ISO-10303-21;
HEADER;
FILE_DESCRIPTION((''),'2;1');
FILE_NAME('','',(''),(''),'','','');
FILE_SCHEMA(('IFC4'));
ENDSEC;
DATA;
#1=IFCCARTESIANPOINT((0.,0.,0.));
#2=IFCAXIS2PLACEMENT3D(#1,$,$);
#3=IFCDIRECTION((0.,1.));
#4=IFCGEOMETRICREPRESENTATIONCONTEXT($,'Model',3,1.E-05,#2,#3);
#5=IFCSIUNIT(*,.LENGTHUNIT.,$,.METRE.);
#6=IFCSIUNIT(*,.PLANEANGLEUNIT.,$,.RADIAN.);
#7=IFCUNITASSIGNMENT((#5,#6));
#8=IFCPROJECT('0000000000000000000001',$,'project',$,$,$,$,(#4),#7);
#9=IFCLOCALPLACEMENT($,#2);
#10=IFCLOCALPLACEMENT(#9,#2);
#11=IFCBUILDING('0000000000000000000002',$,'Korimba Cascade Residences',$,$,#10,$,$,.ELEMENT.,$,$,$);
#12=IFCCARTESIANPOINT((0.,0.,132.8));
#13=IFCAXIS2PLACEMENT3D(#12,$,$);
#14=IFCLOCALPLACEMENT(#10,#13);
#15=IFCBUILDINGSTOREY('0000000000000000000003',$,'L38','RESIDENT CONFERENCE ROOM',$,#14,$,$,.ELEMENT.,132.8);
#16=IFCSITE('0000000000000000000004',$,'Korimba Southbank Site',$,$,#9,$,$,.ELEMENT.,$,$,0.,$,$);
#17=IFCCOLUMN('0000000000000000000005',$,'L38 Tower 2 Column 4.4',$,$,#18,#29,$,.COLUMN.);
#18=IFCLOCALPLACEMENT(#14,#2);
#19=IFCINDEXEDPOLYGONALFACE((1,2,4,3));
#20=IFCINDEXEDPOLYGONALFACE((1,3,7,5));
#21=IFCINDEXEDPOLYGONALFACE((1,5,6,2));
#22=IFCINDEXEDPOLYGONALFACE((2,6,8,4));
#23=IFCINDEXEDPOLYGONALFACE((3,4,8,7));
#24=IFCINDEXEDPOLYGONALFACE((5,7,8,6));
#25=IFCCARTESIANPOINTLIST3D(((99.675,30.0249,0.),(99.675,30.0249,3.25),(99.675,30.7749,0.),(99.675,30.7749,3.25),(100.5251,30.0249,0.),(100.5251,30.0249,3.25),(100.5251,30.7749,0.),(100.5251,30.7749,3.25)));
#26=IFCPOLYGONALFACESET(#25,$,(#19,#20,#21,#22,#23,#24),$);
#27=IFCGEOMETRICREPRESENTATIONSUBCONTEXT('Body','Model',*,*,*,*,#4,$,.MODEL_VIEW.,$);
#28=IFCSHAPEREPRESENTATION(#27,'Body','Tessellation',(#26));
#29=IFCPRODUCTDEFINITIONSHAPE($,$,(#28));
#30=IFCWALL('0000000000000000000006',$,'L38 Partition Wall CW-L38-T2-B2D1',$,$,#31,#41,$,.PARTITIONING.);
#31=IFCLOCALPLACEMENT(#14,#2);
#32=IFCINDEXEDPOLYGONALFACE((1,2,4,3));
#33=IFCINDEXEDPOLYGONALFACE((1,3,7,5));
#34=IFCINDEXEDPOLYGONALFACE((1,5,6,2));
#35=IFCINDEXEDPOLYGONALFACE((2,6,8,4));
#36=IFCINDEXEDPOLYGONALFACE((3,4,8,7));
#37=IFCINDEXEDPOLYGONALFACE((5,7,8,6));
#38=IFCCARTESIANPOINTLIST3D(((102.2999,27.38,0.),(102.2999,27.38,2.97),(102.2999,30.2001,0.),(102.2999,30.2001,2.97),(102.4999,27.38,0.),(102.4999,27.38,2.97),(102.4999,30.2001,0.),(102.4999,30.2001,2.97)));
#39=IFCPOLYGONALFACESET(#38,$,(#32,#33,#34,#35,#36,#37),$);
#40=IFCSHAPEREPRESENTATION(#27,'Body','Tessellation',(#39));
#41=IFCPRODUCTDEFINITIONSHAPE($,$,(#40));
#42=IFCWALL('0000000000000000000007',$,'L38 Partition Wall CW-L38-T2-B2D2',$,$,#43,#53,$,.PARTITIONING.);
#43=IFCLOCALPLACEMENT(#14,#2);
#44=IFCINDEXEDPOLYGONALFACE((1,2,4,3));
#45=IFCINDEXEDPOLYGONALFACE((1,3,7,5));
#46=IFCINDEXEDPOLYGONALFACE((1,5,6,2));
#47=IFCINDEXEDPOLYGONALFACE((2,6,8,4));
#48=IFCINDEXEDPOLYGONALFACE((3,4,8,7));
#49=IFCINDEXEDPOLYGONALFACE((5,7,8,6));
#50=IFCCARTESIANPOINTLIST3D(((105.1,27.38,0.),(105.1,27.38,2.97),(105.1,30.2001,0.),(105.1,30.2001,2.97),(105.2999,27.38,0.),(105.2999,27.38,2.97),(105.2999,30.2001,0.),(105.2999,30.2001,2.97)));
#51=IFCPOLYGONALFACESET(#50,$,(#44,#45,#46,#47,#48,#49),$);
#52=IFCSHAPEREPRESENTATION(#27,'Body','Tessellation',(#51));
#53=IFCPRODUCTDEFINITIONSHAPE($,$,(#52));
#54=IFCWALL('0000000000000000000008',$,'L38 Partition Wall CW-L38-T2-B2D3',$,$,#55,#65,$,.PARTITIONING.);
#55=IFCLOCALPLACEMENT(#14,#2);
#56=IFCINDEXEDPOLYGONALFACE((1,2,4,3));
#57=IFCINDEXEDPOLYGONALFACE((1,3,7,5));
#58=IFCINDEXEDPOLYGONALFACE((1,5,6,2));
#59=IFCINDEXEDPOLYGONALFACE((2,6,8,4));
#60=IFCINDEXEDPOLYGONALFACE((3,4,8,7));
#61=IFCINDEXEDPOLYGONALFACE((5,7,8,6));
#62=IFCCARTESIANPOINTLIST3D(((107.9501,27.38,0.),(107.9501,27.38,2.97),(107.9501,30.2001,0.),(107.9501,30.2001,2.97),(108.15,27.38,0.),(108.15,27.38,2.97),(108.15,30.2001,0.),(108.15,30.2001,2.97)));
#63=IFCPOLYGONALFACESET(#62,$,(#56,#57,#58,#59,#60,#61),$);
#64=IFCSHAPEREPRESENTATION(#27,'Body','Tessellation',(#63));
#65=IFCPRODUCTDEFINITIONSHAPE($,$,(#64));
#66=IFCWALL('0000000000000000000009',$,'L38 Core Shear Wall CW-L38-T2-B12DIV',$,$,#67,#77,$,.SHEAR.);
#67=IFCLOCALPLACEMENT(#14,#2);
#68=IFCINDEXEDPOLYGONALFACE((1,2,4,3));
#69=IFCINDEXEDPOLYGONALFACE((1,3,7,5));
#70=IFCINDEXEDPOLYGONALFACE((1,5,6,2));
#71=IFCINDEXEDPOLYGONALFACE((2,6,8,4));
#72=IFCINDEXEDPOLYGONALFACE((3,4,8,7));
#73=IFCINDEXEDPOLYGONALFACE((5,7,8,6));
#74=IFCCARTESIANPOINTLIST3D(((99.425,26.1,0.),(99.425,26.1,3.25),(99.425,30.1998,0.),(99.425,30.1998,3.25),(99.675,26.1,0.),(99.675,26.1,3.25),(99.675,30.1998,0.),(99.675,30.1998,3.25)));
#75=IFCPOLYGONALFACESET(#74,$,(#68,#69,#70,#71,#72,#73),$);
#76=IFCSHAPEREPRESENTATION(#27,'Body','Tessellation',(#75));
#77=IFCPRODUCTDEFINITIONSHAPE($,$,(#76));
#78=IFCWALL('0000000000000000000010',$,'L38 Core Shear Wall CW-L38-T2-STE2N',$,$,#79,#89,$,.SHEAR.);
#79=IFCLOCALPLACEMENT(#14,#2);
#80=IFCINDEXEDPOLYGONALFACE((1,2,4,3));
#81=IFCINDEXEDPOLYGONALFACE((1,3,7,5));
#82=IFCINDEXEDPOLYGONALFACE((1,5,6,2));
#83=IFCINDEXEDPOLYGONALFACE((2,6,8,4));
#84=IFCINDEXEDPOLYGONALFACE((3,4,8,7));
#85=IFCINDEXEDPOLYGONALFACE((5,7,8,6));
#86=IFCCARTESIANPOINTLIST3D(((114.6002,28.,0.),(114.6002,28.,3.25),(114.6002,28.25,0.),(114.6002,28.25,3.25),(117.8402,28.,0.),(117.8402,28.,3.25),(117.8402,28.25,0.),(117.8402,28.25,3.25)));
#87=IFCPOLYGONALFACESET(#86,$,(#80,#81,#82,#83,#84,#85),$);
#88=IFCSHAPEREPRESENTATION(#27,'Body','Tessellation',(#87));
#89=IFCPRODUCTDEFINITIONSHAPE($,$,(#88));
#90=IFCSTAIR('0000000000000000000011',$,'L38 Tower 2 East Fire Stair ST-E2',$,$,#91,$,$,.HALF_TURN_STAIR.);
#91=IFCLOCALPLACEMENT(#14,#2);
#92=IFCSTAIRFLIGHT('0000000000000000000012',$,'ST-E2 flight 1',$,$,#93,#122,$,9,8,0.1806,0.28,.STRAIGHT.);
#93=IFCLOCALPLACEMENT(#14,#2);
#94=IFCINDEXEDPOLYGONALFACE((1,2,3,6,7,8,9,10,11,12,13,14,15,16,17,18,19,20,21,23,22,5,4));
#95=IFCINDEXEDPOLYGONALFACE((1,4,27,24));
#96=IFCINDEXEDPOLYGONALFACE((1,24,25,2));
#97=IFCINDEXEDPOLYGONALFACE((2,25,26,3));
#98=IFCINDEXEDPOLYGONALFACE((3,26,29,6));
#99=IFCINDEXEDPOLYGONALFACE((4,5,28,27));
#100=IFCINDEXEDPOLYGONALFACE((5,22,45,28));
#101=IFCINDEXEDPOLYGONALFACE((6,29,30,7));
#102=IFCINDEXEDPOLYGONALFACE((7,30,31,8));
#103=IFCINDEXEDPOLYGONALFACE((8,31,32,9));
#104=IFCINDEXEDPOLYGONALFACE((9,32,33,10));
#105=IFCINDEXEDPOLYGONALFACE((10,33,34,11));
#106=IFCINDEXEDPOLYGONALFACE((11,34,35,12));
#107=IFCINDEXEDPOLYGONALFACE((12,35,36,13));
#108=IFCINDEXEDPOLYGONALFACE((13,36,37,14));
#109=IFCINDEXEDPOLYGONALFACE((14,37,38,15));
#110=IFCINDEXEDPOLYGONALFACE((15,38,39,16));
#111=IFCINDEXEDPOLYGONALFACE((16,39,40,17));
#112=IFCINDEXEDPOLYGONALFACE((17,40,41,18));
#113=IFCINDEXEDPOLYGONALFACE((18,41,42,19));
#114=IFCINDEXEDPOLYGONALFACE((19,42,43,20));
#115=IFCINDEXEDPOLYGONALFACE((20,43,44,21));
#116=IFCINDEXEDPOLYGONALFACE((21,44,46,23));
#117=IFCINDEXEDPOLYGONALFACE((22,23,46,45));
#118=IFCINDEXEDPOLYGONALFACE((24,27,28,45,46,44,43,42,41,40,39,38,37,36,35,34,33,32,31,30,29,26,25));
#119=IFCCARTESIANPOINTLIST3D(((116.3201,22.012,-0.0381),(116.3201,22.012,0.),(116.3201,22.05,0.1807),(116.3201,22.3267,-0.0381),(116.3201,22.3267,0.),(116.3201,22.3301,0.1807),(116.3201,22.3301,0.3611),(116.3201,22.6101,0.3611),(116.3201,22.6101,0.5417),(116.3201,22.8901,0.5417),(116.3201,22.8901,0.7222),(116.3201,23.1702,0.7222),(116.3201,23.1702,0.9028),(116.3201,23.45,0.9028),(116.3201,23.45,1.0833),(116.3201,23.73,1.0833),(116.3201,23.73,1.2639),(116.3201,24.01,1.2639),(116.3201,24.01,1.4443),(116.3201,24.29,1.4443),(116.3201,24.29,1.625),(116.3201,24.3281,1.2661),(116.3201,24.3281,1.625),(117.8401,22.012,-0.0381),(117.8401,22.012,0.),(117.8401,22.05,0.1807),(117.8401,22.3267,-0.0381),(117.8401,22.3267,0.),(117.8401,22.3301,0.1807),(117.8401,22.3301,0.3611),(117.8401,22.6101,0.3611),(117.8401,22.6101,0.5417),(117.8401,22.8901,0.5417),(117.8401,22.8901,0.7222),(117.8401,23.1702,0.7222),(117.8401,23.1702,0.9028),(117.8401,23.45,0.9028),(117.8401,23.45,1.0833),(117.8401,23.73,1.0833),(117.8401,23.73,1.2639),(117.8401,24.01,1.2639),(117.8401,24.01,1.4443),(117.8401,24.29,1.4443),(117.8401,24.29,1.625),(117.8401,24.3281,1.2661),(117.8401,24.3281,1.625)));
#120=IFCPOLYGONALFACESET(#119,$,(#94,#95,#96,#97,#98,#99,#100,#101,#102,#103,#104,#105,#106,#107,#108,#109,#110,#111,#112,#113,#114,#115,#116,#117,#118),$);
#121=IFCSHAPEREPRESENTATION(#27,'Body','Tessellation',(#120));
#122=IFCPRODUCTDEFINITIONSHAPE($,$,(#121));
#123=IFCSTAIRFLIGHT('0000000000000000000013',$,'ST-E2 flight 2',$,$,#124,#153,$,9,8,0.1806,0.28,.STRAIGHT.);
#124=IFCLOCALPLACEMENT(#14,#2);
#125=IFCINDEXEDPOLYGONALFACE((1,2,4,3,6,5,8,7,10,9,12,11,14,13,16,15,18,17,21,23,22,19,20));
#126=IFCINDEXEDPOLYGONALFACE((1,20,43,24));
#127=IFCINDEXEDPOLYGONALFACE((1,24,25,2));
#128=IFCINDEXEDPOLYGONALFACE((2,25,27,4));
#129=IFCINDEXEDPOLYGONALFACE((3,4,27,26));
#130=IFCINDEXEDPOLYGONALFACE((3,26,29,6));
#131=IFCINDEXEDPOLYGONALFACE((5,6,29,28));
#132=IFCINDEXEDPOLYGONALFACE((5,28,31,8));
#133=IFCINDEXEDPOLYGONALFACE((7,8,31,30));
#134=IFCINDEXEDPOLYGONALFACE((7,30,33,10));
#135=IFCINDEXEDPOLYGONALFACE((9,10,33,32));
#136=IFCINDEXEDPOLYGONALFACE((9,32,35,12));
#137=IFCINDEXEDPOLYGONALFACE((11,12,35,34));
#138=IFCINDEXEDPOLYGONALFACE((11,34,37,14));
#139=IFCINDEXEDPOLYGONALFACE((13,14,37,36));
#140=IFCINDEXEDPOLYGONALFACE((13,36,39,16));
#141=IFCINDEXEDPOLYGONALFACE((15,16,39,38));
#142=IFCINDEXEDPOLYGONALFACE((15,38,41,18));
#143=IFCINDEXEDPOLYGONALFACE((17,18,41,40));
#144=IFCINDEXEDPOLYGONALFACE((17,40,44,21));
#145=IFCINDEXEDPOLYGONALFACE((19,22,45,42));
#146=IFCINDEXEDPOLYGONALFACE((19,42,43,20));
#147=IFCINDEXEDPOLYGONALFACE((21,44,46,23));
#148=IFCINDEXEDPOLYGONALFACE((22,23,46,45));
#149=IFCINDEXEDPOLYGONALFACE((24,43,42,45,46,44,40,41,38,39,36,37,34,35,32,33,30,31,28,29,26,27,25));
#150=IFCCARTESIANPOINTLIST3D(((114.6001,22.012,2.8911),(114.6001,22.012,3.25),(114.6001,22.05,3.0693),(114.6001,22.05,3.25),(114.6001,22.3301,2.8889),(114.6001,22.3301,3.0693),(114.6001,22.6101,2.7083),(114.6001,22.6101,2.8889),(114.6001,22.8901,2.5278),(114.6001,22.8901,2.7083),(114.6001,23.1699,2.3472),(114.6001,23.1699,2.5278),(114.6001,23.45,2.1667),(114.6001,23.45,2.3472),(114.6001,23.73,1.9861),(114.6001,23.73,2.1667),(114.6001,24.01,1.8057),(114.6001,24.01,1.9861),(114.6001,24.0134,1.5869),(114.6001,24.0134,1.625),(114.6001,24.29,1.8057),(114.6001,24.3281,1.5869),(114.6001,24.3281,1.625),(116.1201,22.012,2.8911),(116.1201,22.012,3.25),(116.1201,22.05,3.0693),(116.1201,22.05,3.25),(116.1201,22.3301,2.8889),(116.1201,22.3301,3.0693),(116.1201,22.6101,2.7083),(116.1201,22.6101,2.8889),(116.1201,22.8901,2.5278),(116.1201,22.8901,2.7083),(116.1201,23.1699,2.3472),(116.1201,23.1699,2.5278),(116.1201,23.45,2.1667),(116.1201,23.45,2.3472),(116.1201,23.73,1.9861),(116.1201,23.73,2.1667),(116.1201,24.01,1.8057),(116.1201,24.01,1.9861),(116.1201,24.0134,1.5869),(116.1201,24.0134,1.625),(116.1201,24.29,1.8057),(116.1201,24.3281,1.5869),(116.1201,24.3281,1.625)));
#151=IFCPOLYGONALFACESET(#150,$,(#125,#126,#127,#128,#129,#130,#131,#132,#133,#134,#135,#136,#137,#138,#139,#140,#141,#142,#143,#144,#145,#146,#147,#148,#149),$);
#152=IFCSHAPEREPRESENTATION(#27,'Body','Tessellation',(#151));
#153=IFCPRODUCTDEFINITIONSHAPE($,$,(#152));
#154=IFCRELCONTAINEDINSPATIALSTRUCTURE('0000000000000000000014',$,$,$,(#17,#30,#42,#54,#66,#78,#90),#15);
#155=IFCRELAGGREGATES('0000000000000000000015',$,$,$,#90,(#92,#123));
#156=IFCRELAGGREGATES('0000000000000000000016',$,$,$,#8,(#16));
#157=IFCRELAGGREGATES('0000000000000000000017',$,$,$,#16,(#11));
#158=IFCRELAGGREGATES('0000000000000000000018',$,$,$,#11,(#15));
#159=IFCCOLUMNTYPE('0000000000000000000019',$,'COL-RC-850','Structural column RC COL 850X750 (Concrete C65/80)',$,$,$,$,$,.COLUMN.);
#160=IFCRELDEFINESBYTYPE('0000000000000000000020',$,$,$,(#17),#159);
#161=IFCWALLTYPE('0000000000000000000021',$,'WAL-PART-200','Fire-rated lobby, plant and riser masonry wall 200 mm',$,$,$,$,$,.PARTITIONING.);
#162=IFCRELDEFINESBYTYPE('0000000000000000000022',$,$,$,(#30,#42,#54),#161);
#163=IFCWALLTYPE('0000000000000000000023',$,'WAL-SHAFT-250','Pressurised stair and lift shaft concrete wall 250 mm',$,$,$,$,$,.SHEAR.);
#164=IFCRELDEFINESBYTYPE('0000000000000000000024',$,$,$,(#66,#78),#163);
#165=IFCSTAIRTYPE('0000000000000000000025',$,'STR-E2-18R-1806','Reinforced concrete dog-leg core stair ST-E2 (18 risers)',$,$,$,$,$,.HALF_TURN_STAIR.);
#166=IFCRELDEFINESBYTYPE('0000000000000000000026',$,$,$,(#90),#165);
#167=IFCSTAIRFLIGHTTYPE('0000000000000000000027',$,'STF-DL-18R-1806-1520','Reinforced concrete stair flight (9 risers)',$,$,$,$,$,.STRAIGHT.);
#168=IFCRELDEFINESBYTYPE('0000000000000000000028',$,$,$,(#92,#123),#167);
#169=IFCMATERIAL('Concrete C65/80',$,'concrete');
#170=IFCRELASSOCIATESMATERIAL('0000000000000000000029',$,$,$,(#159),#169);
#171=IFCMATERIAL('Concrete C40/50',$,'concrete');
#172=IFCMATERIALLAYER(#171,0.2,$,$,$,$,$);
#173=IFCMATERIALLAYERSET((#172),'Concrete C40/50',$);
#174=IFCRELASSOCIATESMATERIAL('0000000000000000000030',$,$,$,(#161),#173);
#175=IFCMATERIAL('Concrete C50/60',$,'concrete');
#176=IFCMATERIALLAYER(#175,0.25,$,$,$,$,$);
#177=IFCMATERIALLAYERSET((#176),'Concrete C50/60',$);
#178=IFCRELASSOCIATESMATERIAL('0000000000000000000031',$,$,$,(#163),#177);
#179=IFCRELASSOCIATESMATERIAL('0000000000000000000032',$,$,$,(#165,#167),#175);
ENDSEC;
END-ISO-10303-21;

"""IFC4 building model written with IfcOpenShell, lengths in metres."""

from ifc_helpers import new_model, si_unit, direction, frame, frame_2d, origin, origin_2d, place, context, subcontext, project, spatial, polyline, rectangle, outline, extrude, material, layer, layer_set, material_profile, profile_set, type_object, element, aggregate, save


model = new_model("IFC4")

# Units and contexts
model_context = context("Model", 3, precision=1e-05, world=origin(), true_north=direction((0.0, 1.0)))
body_context = subcontext(model_context, "Body", "Model", "MODEL_VIEW")
ifc_project = project(units=[si_unit("LENGTHUNIT", "METRE"), si_unit("PLANEANGLEUNIT", "RADIAN")], contexts=[model_context])

# Site, building, storey
site_placement = place(None, origin())
site = spatial("IfcSite", under=ifc_project, at=site_placement, Name="Korimba Southbank Site", CompositionType="ELEMENT", RefElevation=0.0)
building_placement = place(site_placement, origin())
building = spatial("IfcBuilding", under=site, at=building_placement, Name="Korimba Cascade Residences", CompositionType="ELEMENT")
storey_placement = place(building_placement, frame((0.0, 0.0, 132.8)))
storey = spatial("IfcBuildingStorey", under=building, at=storey_placement, Name="L38", Description="RESIDENT CONFERENCE ROOM", CompositionType="ELEMENT", Elevation=132.8)

# Column
ifc_material_1 = material(Name="Concrete C65/80", Category="concrete")
ifc_material_profile = material_profile(ifc_material_1, rectangle(XDim=0.8501, YDim=0.75, at=origin_2d()), Name="Concrete C65/80")
ifc_profile_set = profile_set([ifc_material_profile], Name="Concrete C65/80")
column_type = type_object("IfcColumnType", Name="COL-RC-850", Description="Structural column RC COL 850X750 (Concrete C65/80)", PredefinedType="COLUMN", material=ifc_profile_set)
column_placement = place(storey_placement, frame((100.1001, 30.3999, 0.0), z_axis=(0.0, 0.0, 1.0), x_axis=(1.0, 0.0, 0.0)))
element("IfcColumn", 1, at=column_placement, inside=storey, type_object=column_type, Name="L38 Tower 2 Column 4.4", PredefinedType="COLUMN", context=body_context, shape_type="SweptSolid", body=[
    extrude(rectangle(XDim=0.8501, YDim=0.75, at=origin_2d()), origin(), (0.0, 0.0, 1.0), 3.25),
])

# Walls
ifc_material_2 = material(Name="Concrete C40/50", Category="concrete")
ifc_layer_1 = layer(ifc_material_2, 0.2)
ifc_layer_set_1 = layer_set([ifc_layer_1], Name="Concrete C40/50")
wall_type_1 = type_object("IfcWallType", Name="WAL-PART-200", Description="Fire-rated lobby, plant and riser masonry wall 200 mm", PredefinedType="PARTITIONING", material=ifc_layer_set_1)
for number, where, z_axis, x_axis, name in (
    (2, (102.3999, 27.3799, 0.0), (0.0, 0.0, 1.0), (0.0, 1.0, 0.0), "L38 Partition Wall CW-L38-T2-B2D1"),
    (3, (105.2, 27.3799, 0.0), (0.0, 0.0, 1.0), (0.0, 1.0, 0.0), "L38 Partition Wall CW-L38-T2-B2D2"),
    (4, (108.05, 27.3799, 0.0), (0.0, 0.0, 1.0), (0.0, 1.0, 0.0), "L38 Partition Wall CW-L38-T2-B2D3"),
):
    element("IfcWall", number, at=place(storey_placement, frame(where, z_axis=z_axis, x_axis=x_axis)), inside=storey, type_object=wall_type_1, Name=name, PredefinedType="PARTITIONING", context=body_context, shape_type="SweptSolid", body=[
        extrude(rectangle(XDim=2.8201, YDim=0.2, at=frame_2d((1.4102, 0.0))), origin(), (0.0, 0.0, 1.0), 2.97),
    ])
ifc_material_3 = material(Name="Concrete C50/60", Category="concrete")
ifc_layer_2 = layer(ifc_material_3, 0.25)
ifc_layer_set_2 = layer_set([ifc_layer_2], Name="Concrete C50/60")
wall_type_2 = type_object("IfcWallType", Name="WAL-SHAFT-250", Description="Pressurised stair and lift shaft concrete wall 250 mm", PredefinedType="SHEAR", material=ifc_layer_set_2)
wall_1_placement = place(storey_placement, frame((99.55, 26.1001, 0.0), z_axis=(0.0, 0.0, 1.0), x_axis=(0.0, 1.0, 0.0)))
element("IfcWall", 5, at=wall_1_placement, inside=storey, type_object=wall_type_2, Name="L38 Core Shear Wall CW-L38-T2-B12DIV", PredefinedType="SHEAR", context=body_context, shape_type="SweptSolid", body=[
    extrude(rectangle(XDim=4.0999, YDim=0.25, at=frame_2d((2.0498, 0.0))), origin(), (0.0, 0.0, 1.0), 3.25),
])

# Wall
wall_2_placement = place(storey_placement, frame((114.6001, 28.125, 0.0), z_axis=(0.0, 0.0, 1.0), x_axis=(1.0, 0.0, 0.0)))
element("IfcWall", 6, at=wall_2_placement, inside=storey, type_object=wall_type_2, Name="L38 Core Shear Wall CW-L38-T2-STE2N", PredefinedType="SHEAR", context=body_context, shape_type="SweptSolid", body=[
    extrude(rectangle(XDim=3.24, YDim=0.25, at=frame_2d((1.6201, 0.0))), origin(), (0.0, 0.0, 1.0), 3.25),
])

# Stair, stair flights
stair_type = type_object("IfcStairType", Name="STR-E2-18R-1806", Description="Reinforced concrete dog-leg core stair ST-E2 (18 risers)", PredefinedType="HALF_TURN_STAIR", material=ifc_material_3)
stair_placement = place(storey_placement, origin())
stair = element("IfcStair", 7, at=stair_placement, inside=storey, type_object=stair_type, Name="L38 Tower 2 East Fire Stair ST-E2", PredefinedType="HALF_TURN_STAIR")
stair_flight_type = type_object("IfcStairFlightType", Name="STF-DL-18R-1806-1520", Description="Reinforced concrete stair flight (9 risers)", PredefinedType="STRAIGHT", material=ifc_material_3)
stair_flight_1_placement = place(storey_placement, frame((117.0801, 22.05, 0.0), z_axis=(0.0, 0.0, 1.0), x_axis=(0.0, 1.0, 0.0)))
stair_flight_1 = element("IfcStairFlight", 8, at=stair_flight_1_placement, type_object=stair_flight_type, Name="ST-E2 flight 1", NumberOfRisers=9, NumberOfTreads=8, PredefinedType="STRAIGHT", RiserHeight=0.1806, TreadLength=0.28, context=body_context, shape_type="SweptSolid", body=[
    extrude(outline(polyline([(-0.0381, 0.0), (0.0, 0.1807), (0.28, 0.1807), (0.28, 0.3611), (0.5601, 0.3611), (0.5601, 0.5417), (0.8401, 0.5417), (0.8401, 0.7222), (1.1201, 0.7222), (1.1201, 0.9028), (1.3999, 0.9028), (1.3999, 1.0833), (1.6799, 1.0833), (1.6799, 1.2639), (1.96, 1.2639), (1.96, 1.4443), (2.24, 1.4443), (2.24, 1.625), (2.2781, 1.625), (2.2781, 1.2661), (0.2766, 0.0), (0.2766, -0.0381), (-0.0381, -0.0381), (-0.0381, 0.0)])), frame((0.0, 0.76, 0.0), z_axis=(0.0, -1.0, 0.0), x_axis=(1.0, 0.0, 0.0)), (0.0, 0.0, 1.0), 1.52),
])
stair_flight_2_placement = place(storey_placement, frame((115.3601, 24.29, 1.625), z_axis=(0.0, 0.0, 1.0), x_axis=(0.0, -1.0, 0.0)))
stair_flight_2 = element("IfcStairFlight", 9, at=stair_flight_2_placement, type_object=stair_flight_type, Name="ST-E2 flight 2", NumberOfRisers=9, NumberOfTreads=8, PredefinedType="STRAIGHT", RiserHeight=0.1806, TreadLength=0.28, context=body_context, shape_type="SweptSolid", body=[
    extrude(outline(polyline([(-0.0381, 0.0), (0.0, 0.1807), (0.28, 0.1807), (0.28, 0.3611), (0.5601, 0.3611), (0.5601, 0.5417), (0.8401, 0.5417), (0.8401, 0.7222), (1.1201, 0.7222), (1.1201, 0.9028), (1.3999, 0.9028), (1.3999, 1.0833), (1.6799, 1.0833), (1.6799, 1.2639), (1.96, 1.2639), (1.96, 1.4443), (2.24, 1.4443), (2.24, 1.625), (2.2781, 1.625), (2.2781, 1.2661), (0.2766, 0.0), (0.2766, -0.0381), (-0.0381, -0.0381), (-0.0381, 0.0)])), frame((0.0, 0.76, 0.0), z_axis=(0.0, -1.0, 0.0), x_axis=(1.0, 0.0, 0.0)), (0.0, 0.0, 1.0), 1.52),
])
aggregate(stair, [stair_flight_1, stair_flight_2])

save(model, "model.ifc")
